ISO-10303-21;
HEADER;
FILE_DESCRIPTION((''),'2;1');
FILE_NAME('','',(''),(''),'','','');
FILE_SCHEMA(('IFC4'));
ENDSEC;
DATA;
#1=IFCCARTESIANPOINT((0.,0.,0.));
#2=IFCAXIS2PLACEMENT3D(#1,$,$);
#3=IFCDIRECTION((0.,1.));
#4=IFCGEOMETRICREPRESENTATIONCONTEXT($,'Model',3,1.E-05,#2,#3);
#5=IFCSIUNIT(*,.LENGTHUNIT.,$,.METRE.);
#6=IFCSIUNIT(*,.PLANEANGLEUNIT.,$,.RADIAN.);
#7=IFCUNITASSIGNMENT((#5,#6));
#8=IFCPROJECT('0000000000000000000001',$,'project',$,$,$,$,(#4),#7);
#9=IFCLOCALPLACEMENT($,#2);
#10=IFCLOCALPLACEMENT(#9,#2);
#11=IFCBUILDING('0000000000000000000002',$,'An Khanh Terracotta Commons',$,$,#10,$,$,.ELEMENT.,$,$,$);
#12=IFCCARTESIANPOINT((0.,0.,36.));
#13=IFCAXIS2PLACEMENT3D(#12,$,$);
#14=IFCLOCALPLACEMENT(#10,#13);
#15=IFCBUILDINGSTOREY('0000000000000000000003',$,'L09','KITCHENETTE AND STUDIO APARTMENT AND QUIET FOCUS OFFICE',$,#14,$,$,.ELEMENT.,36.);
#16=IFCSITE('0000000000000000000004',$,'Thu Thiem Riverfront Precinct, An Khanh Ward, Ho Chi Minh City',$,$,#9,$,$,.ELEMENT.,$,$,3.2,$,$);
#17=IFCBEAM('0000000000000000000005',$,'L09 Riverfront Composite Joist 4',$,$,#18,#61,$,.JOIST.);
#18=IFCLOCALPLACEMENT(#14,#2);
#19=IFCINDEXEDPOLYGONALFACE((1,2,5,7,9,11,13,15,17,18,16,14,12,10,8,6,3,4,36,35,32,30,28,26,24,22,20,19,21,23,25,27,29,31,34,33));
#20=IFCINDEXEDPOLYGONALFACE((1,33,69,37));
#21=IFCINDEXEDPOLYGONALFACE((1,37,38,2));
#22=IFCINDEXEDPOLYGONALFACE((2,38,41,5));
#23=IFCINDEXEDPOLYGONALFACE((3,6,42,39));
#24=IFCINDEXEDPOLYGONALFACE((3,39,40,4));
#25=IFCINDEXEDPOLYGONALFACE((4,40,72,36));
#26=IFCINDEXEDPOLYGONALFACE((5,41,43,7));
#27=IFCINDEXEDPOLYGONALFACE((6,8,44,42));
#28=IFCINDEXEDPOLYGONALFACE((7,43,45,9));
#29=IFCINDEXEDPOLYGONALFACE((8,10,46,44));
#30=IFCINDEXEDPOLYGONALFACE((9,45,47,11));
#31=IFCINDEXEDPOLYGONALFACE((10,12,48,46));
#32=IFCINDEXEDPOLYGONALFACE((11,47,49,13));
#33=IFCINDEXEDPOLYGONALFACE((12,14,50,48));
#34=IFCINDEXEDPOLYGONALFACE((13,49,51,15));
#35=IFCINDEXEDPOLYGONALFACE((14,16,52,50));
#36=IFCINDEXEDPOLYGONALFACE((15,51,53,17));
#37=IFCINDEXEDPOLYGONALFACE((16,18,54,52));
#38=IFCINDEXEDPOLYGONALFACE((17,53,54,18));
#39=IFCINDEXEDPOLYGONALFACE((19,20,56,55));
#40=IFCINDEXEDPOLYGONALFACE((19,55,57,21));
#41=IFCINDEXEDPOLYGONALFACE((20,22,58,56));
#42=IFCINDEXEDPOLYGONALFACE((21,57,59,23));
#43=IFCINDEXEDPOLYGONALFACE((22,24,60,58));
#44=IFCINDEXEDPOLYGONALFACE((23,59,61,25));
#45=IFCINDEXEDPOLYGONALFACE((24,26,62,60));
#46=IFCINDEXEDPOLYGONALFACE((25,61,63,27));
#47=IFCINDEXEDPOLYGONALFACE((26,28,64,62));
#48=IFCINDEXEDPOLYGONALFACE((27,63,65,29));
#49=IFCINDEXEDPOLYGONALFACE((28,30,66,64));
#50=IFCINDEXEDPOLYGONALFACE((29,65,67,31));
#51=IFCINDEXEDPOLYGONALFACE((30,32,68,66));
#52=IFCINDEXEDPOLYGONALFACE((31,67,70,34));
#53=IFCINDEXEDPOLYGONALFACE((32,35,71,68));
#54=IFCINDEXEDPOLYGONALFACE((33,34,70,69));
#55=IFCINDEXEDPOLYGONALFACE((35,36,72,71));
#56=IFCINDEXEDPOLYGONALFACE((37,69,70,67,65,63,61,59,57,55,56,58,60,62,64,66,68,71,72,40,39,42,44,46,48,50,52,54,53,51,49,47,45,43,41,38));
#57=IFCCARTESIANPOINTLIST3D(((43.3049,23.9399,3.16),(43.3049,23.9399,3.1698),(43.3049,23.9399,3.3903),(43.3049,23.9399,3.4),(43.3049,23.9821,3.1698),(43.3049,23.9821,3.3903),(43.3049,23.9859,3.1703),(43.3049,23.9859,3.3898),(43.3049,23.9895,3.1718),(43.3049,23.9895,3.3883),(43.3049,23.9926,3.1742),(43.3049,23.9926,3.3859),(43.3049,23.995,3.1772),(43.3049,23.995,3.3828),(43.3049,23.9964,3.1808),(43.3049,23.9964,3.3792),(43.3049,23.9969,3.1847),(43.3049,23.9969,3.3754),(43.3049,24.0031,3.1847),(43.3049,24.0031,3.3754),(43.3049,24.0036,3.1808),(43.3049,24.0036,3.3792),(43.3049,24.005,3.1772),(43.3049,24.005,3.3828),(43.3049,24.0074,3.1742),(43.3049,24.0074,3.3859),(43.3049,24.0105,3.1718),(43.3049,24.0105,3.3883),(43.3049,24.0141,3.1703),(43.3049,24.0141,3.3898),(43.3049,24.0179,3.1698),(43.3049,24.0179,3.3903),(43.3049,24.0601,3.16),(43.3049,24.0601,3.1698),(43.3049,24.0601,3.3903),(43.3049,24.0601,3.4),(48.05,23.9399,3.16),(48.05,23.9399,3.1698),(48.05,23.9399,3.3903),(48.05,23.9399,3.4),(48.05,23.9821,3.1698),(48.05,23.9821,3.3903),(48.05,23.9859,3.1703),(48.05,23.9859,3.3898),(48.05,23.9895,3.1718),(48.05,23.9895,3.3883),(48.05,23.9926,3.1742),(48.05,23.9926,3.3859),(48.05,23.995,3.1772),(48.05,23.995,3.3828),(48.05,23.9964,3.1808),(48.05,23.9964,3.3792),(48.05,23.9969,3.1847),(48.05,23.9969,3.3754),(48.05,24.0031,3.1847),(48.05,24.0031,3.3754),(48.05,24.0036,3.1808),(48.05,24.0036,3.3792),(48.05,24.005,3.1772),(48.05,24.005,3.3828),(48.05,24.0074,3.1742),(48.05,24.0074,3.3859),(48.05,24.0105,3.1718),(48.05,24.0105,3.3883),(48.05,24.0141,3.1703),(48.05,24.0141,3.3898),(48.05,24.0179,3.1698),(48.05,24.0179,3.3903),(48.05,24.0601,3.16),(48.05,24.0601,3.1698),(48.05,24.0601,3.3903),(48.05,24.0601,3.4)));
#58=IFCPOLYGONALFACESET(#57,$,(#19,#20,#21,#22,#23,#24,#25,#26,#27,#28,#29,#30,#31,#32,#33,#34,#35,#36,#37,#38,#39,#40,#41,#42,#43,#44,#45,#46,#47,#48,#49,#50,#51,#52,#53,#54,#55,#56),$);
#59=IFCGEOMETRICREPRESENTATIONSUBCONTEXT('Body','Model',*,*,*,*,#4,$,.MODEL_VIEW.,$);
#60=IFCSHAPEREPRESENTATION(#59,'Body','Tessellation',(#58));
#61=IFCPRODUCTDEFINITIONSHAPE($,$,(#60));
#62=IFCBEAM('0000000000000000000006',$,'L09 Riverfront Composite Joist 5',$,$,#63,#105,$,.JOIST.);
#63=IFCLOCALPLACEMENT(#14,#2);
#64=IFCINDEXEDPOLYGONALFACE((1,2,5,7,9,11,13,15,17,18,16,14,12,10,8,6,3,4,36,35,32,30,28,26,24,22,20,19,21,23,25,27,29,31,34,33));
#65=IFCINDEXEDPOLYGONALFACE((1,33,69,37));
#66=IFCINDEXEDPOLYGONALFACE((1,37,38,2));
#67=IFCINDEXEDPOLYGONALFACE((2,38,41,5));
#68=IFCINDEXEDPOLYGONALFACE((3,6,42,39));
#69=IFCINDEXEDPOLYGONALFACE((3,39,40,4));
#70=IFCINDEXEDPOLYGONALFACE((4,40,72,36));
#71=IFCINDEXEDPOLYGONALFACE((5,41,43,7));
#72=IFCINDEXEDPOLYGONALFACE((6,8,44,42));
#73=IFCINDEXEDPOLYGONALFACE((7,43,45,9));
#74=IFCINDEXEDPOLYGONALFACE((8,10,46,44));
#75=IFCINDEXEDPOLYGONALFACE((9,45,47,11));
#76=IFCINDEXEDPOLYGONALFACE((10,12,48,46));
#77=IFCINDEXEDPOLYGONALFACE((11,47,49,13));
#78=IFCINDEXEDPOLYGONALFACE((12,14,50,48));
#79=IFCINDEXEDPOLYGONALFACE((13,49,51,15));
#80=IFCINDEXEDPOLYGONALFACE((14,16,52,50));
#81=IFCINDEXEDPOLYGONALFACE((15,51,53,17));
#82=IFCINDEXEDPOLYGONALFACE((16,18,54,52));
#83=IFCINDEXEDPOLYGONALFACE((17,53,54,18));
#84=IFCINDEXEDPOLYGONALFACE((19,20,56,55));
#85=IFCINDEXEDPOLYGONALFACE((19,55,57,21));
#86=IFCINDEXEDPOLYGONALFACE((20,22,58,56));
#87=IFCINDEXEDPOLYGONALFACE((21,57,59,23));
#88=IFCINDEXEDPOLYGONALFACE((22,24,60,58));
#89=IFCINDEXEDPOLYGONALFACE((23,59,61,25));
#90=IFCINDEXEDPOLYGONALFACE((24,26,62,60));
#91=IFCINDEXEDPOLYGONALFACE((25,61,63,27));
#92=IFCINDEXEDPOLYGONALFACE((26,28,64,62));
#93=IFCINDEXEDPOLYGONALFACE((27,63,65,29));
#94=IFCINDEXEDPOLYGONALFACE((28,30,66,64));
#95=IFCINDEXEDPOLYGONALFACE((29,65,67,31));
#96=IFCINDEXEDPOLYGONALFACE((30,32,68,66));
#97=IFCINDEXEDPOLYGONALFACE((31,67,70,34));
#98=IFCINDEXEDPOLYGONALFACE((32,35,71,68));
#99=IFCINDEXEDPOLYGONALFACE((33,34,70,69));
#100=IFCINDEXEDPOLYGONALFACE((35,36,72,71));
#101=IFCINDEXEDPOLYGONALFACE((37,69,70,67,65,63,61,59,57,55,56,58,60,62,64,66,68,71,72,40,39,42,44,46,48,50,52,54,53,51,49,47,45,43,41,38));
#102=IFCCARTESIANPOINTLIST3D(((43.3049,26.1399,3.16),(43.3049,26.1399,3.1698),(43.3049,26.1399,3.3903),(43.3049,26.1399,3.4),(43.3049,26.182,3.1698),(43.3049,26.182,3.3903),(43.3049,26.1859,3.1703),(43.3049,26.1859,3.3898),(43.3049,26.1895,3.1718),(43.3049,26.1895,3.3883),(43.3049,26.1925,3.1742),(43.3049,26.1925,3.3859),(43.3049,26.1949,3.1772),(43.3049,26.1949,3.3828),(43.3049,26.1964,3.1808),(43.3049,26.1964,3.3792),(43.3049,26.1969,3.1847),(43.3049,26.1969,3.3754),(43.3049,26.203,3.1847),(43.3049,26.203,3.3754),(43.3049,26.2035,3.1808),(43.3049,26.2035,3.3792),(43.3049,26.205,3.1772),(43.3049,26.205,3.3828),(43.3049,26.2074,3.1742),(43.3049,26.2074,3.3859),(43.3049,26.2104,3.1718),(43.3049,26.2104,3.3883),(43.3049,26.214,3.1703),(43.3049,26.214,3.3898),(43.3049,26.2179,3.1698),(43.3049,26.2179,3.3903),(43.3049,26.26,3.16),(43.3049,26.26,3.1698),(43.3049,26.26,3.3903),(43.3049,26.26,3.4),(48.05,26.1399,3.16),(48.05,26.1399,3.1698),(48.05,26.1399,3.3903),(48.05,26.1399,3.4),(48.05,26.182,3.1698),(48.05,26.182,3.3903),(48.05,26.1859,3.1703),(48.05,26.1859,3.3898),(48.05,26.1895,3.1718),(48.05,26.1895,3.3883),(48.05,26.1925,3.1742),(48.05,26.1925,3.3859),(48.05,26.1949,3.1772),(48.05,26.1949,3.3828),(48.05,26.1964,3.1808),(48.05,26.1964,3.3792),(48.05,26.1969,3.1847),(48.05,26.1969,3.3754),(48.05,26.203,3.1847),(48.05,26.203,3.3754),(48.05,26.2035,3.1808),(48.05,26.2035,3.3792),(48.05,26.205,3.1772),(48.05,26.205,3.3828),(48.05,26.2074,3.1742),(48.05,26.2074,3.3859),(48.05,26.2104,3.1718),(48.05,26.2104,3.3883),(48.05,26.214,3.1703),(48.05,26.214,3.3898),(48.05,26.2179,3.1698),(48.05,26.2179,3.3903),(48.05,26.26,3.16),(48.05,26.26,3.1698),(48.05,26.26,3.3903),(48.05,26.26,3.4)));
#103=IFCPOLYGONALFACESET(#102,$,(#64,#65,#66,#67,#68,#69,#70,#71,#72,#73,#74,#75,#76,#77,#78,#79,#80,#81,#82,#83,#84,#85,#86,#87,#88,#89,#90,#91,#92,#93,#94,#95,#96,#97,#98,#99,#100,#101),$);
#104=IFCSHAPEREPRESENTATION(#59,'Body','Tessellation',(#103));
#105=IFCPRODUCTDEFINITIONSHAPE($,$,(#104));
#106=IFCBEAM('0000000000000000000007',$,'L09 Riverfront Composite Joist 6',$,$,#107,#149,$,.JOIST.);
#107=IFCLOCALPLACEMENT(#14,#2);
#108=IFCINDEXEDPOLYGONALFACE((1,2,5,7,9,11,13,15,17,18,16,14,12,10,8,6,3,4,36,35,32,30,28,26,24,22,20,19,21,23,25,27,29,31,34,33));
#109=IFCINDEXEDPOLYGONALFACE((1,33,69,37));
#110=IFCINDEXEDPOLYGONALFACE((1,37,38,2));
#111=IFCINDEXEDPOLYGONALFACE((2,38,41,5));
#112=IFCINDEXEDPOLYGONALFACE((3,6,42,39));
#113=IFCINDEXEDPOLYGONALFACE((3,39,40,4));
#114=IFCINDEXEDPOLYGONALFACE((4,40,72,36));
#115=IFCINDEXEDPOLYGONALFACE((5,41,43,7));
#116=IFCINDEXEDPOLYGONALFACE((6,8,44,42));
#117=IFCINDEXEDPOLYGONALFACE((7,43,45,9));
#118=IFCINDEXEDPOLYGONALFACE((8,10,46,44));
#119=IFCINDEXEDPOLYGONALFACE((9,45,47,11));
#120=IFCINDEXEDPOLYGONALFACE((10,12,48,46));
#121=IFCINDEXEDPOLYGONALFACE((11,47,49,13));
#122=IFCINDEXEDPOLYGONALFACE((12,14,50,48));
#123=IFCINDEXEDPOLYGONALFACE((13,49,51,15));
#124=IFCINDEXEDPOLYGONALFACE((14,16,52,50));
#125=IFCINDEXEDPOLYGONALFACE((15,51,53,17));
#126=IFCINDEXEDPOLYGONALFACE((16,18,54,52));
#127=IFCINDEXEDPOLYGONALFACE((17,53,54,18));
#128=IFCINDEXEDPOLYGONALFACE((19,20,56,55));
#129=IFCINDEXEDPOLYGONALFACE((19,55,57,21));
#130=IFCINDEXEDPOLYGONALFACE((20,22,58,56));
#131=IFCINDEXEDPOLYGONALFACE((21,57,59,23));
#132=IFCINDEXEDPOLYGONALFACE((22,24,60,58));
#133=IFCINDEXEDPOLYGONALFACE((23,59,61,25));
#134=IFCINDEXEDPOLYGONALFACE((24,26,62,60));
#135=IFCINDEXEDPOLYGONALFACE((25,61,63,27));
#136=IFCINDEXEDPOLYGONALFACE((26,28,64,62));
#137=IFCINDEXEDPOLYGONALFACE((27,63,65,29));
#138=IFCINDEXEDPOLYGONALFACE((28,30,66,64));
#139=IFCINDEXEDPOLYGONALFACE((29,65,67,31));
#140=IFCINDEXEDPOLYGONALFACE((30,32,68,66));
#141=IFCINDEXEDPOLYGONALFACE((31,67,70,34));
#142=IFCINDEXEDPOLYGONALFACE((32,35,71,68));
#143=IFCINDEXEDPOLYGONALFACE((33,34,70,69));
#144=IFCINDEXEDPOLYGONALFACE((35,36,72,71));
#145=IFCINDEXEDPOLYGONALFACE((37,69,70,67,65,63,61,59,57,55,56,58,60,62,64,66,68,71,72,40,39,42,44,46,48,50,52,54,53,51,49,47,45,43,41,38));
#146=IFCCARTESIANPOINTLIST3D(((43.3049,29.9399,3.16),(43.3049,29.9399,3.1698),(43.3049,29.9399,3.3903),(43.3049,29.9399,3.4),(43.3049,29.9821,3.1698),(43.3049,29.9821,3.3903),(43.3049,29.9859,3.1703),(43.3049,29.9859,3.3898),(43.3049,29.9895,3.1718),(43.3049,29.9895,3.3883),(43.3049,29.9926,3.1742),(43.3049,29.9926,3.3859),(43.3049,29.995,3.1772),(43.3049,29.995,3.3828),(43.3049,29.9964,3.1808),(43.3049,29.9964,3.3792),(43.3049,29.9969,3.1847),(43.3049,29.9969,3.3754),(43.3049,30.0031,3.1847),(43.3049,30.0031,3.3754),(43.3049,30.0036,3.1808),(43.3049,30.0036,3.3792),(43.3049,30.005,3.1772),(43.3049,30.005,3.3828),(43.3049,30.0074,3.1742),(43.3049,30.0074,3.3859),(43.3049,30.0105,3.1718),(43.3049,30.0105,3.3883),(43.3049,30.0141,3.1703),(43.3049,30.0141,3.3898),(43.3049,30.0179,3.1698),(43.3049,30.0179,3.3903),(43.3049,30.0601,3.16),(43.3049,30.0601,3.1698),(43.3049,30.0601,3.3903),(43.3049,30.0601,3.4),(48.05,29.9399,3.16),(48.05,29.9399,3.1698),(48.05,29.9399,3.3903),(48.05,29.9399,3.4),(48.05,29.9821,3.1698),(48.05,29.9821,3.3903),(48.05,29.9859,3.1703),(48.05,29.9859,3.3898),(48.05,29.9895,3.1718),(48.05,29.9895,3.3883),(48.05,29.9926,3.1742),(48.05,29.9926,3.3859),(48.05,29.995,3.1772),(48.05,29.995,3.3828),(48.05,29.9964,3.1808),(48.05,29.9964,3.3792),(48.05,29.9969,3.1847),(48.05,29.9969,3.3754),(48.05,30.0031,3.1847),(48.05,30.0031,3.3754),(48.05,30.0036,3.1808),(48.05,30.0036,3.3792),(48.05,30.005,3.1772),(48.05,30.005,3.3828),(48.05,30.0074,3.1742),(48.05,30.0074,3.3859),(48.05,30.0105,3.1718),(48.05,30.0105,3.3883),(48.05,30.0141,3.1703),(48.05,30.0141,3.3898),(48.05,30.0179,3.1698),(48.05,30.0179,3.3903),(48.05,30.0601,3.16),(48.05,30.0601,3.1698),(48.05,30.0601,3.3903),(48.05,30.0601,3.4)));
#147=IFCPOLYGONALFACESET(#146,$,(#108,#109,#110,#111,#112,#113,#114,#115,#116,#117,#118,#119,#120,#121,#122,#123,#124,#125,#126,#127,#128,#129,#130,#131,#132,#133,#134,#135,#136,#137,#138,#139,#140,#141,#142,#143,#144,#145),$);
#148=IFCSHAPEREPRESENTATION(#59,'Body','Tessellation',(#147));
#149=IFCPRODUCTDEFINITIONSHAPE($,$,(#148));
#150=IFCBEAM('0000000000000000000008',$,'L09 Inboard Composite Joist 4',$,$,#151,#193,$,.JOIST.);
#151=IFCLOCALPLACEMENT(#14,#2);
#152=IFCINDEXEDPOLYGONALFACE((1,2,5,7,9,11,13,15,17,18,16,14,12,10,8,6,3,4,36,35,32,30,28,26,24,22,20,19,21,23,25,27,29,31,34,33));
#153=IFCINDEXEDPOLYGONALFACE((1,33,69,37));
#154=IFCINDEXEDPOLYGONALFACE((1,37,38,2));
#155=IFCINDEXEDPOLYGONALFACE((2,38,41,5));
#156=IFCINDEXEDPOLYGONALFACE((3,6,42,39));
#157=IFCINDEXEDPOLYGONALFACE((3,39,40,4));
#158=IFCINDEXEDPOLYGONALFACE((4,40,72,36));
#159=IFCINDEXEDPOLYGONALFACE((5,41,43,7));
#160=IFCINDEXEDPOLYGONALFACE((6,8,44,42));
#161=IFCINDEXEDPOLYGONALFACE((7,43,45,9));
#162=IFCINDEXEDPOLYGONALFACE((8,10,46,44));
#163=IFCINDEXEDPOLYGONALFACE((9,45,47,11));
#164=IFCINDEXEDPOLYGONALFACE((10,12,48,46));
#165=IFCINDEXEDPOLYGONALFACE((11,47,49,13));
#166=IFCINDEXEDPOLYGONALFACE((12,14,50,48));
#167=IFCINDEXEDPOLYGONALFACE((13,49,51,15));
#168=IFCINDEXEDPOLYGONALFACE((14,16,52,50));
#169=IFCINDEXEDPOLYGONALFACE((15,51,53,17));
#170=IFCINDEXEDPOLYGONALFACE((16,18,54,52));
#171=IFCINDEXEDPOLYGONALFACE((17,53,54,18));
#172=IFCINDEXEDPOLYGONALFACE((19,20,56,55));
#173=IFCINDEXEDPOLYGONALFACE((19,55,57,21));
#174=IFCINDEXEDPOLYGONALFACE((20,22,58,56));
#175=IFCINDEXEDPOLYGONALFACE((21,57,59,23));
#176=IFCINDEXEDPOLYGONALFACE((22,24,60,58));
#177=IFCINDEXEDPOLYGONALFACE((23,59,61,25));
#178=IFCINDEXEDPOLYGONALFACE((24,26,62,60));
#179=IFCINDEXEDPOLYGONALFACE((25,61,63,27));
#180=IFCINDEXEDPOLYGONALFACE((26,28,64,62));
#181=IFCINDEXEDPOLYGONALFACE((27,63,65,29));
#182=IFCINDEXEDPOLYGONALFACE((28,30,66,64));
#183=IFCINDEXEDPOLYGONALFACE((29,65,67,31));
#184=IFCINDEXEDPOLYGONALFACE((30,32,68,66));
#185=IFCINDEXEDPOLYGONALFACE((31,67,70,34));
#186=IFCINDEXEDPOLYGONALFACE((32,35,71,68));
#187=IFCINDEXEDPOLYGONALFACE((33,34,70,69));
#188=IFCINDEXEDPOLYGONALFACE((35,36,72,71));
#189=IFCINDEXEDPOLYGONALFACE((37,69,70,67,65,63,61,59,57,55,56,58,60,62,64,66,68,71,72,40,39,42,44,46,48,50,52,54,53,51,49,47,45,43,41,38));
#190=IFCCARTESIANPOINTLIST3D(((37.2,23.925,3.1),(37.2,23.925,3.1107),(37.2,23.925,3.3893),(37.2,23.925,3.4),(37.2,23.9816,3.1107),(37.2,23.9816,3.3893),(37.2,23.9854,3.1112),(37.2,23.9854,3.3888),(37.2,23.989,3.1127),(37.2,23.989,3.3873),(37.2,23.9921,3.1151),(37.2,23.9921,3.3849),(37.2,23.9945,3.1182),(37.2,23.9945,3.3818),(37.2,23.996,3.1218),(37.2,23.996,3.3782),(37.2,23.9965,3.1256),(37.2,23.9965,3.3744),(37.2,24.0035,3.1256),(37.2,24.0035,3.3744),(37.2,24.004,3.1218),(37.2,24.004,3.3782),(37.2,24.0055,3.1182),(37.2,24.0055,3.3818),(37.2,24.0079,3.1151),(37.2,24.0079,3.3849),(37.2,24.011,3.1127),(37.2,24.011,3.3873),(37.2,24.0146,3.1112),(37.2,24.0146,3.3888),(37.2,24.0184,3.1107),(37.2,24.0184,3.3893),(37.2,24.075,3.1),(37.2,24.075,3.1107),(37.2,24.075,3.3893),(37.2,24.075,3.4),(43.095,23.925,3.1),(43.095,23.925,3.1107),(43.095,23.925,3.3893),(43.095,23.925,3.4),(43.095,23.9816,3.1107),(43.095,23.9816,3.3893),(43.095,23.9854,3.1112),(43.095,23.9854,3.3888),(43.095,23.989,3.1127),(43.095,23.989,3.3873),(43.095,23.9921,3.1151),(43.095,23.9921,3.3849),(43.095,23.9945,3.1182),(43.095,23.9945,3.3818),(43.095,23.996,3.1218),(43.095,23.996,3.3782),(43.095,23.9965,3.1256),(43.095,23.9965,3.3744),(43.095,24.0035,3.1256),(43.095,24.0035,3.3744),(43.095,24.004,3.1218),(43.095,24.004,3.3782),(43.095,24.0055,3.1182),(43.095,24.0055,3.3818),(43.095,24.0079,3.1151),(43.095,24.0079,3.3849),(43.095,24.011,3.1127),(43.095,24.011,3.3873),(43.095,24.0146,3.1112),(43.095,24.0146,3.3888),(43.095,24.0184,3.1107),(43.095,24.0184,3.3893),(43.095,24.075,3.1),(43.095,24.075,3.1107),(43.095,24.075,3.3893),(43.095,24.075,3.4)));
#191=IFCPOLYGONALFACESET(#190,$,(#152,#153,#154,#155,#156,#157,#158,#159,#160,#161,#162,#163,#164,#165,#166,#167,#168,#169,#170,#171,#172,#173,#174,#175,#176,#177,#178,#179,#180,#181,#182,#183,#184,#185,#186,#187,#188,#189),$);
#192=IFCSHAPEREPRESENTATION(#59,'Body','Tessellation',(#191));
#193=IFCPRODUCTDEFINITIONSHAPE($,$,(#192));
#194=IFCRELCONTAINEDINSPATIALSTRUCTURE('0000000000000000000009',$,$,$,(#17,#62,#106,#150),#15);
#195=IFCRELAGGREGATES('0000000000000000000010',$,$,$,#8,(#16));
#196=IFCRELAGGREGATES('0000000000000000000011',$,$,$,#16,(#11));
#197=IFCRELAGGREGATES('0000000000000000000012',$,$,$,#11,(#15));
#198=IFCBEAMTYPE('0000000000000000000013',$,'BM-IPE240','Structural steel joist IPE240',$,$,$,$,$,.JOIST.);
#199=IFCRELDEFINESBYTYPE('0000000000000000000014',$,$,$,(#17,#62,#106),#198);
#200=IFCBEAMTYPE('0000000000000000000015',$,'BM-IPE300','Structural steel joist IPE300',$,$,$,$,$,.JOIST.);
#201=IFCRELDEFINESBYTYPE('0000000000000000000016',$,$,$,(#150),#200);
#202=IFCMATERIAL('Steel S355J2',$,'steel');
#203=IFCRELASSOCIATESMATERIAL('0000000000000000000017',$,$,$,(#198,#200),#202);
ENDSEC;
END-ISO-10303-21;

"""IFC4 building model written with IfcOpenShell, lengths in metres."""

from ifc_helpers import new_model, si_unit, direction, frame, origin, origin_2d, place, context, subcontext, project, spatial, i_section, extrude, material, material_profile, profile_set, type_object, element, save


model = new_model("IFC4")

# Units and contexts
model_context = context("Model", 3, precision=1e-05, world=origin(), true_north=direction((0.0, 1.0)))
body_context = subcontext(model_context, "Body", "Model", "MODEL_VIEW")
ifc_project = project(units=[si_unit("LENGTHUNIT", "METRE"), si_unit("PLANEANGLEUNIT", "RADIAN")], contexts=[model_context])

# Site, building, storey
site_placement = place(None, origin())
site = spatial("IfcSite", under=ifc_project, at=site_placement, Name="Thu Thiem Riverfront Precinct, An Khanh Ward, Ho Chi Minh City", CompositionType="ELEMENT", RefElevation=3.2)
building_placement = place(site_placement, origin())
building = spatial("IfcBuilding", under=site, at=building_placement, Name="An Khanh Terracotta Commons", CompositionType="ELEMENT")
storey_placement = place(building_placement, frame((0.0, 0.0, 36.0)))
storey = spatial("IfcBuildingStorey", under=building, at=storey_placement, Name="L09", Description="KITCHENETTE AND STUDIO APARTMENT AND QUIET FOCUS OFFICE", CompositionType="ELEMENT", Elevation=36.0)

# Beams
ifc_material_1 = material(Name="Steel S355J2", Category="steel")
ifc_material_profile_1 = material_profile(ifc_material_1, i_section(OverallWidth=0.1201, OverallDepth=0.24, WebThickness=0.0061, FlangeThickness=0.0098, FilletRadius=0.0149, at=origin_2d()), Name="IPE240")
ifc_profile_set_1 = profile_set([ifc_material_profile_1], Name="Steel S355J2")
beam_type_1 = type_object("IfcBeamType", Name="BM-IPE240", Description="Structural steel joist IPE240", PredefinedType="JOIST", material=ifc_profile_set_1)
for number, where, z_axis, x_axis, name in (
    (1, (43.3049, 24.0, 3.28), (1.0, 0.0, 0.0), (0.0, 1.0, 0.0), "L09 Riverfront Composite Joist 4"),
    (2, (43.3049, 26.2, 3.28), (1.0, 0.0, 0.0), (0.0, 1.0, 0.0), "L09 Riverfront Composite Joist 5"),
    (3, (43.3049, 30.0, 3.28), (1.0, 0.0, 0.0), (0.0, 1.0, 0.0), "L09 Riverfront Composite Joist 6"),
):
    element("IfcBeam", number, at=place(storey_placement, frame(where, z_axis=z_axis, x_axis=x_axis)), inside=storey, type_object=beam_type_1, Name=name, PredefinedType="JOIST", context=body_context, shape_type="SweptSolid", body=[
        extrude(i_section(OverallWidth=0.1201, OverallDepth=0.24, WebThickness=0.0061, FlangeThickness=0.0098, FilletRadius=0.0149, at=origin_2d()), origin(), (0.0, 0.0, 1.0), 4.7451),
    ])
ifc_material_profile_2 = material_profile(ifc_material_1, i_section(OverallWidth=0.1499, OverallDepth=0.3, WebThickness=0.0071, FlangeThickness=0.0107, FilletRadius=0.0149, at=origin_2d()), Name="IPE300")
ifc_profile_set_2 = profile_set([ifc_material_profile_2], Name="Steel S355J2")
beam_type_2 = type_object("IfcBeamType", Name="BM-IPE300", Description="Structural steel joist IPE300", PredefinedType="JOIST", material=ifc_profile_set_2)
for number, where, z_axis, x_axis, name in (
    (4, (37.2, 24.0, 3.25), (1.0, 0.0, 0.0), (0.0, 1.0, 0.0), "L09 Inboard Composite Joist 4"),
):
    element("IfcBeam", number, at=place(storey_placement, frame(where, z_axis=z_axis, x_axis=x_axis)), inside=storey, type_object=beam_type_2, Name=name, PredefinedType="JOIST", context=body_context, shape_type="SweptSolid", body=[
        extrude(i_section(OverallWidth=0.1499, OverallDepth=0.3, WebThickness=0.0071, FlangeThickness=0.0107, FilletRadius=0.0149, at=origin_2d()), origin(), (0.0, 0.0, 1.0), 5.895),
    ])

save(model, "model.ifc")
